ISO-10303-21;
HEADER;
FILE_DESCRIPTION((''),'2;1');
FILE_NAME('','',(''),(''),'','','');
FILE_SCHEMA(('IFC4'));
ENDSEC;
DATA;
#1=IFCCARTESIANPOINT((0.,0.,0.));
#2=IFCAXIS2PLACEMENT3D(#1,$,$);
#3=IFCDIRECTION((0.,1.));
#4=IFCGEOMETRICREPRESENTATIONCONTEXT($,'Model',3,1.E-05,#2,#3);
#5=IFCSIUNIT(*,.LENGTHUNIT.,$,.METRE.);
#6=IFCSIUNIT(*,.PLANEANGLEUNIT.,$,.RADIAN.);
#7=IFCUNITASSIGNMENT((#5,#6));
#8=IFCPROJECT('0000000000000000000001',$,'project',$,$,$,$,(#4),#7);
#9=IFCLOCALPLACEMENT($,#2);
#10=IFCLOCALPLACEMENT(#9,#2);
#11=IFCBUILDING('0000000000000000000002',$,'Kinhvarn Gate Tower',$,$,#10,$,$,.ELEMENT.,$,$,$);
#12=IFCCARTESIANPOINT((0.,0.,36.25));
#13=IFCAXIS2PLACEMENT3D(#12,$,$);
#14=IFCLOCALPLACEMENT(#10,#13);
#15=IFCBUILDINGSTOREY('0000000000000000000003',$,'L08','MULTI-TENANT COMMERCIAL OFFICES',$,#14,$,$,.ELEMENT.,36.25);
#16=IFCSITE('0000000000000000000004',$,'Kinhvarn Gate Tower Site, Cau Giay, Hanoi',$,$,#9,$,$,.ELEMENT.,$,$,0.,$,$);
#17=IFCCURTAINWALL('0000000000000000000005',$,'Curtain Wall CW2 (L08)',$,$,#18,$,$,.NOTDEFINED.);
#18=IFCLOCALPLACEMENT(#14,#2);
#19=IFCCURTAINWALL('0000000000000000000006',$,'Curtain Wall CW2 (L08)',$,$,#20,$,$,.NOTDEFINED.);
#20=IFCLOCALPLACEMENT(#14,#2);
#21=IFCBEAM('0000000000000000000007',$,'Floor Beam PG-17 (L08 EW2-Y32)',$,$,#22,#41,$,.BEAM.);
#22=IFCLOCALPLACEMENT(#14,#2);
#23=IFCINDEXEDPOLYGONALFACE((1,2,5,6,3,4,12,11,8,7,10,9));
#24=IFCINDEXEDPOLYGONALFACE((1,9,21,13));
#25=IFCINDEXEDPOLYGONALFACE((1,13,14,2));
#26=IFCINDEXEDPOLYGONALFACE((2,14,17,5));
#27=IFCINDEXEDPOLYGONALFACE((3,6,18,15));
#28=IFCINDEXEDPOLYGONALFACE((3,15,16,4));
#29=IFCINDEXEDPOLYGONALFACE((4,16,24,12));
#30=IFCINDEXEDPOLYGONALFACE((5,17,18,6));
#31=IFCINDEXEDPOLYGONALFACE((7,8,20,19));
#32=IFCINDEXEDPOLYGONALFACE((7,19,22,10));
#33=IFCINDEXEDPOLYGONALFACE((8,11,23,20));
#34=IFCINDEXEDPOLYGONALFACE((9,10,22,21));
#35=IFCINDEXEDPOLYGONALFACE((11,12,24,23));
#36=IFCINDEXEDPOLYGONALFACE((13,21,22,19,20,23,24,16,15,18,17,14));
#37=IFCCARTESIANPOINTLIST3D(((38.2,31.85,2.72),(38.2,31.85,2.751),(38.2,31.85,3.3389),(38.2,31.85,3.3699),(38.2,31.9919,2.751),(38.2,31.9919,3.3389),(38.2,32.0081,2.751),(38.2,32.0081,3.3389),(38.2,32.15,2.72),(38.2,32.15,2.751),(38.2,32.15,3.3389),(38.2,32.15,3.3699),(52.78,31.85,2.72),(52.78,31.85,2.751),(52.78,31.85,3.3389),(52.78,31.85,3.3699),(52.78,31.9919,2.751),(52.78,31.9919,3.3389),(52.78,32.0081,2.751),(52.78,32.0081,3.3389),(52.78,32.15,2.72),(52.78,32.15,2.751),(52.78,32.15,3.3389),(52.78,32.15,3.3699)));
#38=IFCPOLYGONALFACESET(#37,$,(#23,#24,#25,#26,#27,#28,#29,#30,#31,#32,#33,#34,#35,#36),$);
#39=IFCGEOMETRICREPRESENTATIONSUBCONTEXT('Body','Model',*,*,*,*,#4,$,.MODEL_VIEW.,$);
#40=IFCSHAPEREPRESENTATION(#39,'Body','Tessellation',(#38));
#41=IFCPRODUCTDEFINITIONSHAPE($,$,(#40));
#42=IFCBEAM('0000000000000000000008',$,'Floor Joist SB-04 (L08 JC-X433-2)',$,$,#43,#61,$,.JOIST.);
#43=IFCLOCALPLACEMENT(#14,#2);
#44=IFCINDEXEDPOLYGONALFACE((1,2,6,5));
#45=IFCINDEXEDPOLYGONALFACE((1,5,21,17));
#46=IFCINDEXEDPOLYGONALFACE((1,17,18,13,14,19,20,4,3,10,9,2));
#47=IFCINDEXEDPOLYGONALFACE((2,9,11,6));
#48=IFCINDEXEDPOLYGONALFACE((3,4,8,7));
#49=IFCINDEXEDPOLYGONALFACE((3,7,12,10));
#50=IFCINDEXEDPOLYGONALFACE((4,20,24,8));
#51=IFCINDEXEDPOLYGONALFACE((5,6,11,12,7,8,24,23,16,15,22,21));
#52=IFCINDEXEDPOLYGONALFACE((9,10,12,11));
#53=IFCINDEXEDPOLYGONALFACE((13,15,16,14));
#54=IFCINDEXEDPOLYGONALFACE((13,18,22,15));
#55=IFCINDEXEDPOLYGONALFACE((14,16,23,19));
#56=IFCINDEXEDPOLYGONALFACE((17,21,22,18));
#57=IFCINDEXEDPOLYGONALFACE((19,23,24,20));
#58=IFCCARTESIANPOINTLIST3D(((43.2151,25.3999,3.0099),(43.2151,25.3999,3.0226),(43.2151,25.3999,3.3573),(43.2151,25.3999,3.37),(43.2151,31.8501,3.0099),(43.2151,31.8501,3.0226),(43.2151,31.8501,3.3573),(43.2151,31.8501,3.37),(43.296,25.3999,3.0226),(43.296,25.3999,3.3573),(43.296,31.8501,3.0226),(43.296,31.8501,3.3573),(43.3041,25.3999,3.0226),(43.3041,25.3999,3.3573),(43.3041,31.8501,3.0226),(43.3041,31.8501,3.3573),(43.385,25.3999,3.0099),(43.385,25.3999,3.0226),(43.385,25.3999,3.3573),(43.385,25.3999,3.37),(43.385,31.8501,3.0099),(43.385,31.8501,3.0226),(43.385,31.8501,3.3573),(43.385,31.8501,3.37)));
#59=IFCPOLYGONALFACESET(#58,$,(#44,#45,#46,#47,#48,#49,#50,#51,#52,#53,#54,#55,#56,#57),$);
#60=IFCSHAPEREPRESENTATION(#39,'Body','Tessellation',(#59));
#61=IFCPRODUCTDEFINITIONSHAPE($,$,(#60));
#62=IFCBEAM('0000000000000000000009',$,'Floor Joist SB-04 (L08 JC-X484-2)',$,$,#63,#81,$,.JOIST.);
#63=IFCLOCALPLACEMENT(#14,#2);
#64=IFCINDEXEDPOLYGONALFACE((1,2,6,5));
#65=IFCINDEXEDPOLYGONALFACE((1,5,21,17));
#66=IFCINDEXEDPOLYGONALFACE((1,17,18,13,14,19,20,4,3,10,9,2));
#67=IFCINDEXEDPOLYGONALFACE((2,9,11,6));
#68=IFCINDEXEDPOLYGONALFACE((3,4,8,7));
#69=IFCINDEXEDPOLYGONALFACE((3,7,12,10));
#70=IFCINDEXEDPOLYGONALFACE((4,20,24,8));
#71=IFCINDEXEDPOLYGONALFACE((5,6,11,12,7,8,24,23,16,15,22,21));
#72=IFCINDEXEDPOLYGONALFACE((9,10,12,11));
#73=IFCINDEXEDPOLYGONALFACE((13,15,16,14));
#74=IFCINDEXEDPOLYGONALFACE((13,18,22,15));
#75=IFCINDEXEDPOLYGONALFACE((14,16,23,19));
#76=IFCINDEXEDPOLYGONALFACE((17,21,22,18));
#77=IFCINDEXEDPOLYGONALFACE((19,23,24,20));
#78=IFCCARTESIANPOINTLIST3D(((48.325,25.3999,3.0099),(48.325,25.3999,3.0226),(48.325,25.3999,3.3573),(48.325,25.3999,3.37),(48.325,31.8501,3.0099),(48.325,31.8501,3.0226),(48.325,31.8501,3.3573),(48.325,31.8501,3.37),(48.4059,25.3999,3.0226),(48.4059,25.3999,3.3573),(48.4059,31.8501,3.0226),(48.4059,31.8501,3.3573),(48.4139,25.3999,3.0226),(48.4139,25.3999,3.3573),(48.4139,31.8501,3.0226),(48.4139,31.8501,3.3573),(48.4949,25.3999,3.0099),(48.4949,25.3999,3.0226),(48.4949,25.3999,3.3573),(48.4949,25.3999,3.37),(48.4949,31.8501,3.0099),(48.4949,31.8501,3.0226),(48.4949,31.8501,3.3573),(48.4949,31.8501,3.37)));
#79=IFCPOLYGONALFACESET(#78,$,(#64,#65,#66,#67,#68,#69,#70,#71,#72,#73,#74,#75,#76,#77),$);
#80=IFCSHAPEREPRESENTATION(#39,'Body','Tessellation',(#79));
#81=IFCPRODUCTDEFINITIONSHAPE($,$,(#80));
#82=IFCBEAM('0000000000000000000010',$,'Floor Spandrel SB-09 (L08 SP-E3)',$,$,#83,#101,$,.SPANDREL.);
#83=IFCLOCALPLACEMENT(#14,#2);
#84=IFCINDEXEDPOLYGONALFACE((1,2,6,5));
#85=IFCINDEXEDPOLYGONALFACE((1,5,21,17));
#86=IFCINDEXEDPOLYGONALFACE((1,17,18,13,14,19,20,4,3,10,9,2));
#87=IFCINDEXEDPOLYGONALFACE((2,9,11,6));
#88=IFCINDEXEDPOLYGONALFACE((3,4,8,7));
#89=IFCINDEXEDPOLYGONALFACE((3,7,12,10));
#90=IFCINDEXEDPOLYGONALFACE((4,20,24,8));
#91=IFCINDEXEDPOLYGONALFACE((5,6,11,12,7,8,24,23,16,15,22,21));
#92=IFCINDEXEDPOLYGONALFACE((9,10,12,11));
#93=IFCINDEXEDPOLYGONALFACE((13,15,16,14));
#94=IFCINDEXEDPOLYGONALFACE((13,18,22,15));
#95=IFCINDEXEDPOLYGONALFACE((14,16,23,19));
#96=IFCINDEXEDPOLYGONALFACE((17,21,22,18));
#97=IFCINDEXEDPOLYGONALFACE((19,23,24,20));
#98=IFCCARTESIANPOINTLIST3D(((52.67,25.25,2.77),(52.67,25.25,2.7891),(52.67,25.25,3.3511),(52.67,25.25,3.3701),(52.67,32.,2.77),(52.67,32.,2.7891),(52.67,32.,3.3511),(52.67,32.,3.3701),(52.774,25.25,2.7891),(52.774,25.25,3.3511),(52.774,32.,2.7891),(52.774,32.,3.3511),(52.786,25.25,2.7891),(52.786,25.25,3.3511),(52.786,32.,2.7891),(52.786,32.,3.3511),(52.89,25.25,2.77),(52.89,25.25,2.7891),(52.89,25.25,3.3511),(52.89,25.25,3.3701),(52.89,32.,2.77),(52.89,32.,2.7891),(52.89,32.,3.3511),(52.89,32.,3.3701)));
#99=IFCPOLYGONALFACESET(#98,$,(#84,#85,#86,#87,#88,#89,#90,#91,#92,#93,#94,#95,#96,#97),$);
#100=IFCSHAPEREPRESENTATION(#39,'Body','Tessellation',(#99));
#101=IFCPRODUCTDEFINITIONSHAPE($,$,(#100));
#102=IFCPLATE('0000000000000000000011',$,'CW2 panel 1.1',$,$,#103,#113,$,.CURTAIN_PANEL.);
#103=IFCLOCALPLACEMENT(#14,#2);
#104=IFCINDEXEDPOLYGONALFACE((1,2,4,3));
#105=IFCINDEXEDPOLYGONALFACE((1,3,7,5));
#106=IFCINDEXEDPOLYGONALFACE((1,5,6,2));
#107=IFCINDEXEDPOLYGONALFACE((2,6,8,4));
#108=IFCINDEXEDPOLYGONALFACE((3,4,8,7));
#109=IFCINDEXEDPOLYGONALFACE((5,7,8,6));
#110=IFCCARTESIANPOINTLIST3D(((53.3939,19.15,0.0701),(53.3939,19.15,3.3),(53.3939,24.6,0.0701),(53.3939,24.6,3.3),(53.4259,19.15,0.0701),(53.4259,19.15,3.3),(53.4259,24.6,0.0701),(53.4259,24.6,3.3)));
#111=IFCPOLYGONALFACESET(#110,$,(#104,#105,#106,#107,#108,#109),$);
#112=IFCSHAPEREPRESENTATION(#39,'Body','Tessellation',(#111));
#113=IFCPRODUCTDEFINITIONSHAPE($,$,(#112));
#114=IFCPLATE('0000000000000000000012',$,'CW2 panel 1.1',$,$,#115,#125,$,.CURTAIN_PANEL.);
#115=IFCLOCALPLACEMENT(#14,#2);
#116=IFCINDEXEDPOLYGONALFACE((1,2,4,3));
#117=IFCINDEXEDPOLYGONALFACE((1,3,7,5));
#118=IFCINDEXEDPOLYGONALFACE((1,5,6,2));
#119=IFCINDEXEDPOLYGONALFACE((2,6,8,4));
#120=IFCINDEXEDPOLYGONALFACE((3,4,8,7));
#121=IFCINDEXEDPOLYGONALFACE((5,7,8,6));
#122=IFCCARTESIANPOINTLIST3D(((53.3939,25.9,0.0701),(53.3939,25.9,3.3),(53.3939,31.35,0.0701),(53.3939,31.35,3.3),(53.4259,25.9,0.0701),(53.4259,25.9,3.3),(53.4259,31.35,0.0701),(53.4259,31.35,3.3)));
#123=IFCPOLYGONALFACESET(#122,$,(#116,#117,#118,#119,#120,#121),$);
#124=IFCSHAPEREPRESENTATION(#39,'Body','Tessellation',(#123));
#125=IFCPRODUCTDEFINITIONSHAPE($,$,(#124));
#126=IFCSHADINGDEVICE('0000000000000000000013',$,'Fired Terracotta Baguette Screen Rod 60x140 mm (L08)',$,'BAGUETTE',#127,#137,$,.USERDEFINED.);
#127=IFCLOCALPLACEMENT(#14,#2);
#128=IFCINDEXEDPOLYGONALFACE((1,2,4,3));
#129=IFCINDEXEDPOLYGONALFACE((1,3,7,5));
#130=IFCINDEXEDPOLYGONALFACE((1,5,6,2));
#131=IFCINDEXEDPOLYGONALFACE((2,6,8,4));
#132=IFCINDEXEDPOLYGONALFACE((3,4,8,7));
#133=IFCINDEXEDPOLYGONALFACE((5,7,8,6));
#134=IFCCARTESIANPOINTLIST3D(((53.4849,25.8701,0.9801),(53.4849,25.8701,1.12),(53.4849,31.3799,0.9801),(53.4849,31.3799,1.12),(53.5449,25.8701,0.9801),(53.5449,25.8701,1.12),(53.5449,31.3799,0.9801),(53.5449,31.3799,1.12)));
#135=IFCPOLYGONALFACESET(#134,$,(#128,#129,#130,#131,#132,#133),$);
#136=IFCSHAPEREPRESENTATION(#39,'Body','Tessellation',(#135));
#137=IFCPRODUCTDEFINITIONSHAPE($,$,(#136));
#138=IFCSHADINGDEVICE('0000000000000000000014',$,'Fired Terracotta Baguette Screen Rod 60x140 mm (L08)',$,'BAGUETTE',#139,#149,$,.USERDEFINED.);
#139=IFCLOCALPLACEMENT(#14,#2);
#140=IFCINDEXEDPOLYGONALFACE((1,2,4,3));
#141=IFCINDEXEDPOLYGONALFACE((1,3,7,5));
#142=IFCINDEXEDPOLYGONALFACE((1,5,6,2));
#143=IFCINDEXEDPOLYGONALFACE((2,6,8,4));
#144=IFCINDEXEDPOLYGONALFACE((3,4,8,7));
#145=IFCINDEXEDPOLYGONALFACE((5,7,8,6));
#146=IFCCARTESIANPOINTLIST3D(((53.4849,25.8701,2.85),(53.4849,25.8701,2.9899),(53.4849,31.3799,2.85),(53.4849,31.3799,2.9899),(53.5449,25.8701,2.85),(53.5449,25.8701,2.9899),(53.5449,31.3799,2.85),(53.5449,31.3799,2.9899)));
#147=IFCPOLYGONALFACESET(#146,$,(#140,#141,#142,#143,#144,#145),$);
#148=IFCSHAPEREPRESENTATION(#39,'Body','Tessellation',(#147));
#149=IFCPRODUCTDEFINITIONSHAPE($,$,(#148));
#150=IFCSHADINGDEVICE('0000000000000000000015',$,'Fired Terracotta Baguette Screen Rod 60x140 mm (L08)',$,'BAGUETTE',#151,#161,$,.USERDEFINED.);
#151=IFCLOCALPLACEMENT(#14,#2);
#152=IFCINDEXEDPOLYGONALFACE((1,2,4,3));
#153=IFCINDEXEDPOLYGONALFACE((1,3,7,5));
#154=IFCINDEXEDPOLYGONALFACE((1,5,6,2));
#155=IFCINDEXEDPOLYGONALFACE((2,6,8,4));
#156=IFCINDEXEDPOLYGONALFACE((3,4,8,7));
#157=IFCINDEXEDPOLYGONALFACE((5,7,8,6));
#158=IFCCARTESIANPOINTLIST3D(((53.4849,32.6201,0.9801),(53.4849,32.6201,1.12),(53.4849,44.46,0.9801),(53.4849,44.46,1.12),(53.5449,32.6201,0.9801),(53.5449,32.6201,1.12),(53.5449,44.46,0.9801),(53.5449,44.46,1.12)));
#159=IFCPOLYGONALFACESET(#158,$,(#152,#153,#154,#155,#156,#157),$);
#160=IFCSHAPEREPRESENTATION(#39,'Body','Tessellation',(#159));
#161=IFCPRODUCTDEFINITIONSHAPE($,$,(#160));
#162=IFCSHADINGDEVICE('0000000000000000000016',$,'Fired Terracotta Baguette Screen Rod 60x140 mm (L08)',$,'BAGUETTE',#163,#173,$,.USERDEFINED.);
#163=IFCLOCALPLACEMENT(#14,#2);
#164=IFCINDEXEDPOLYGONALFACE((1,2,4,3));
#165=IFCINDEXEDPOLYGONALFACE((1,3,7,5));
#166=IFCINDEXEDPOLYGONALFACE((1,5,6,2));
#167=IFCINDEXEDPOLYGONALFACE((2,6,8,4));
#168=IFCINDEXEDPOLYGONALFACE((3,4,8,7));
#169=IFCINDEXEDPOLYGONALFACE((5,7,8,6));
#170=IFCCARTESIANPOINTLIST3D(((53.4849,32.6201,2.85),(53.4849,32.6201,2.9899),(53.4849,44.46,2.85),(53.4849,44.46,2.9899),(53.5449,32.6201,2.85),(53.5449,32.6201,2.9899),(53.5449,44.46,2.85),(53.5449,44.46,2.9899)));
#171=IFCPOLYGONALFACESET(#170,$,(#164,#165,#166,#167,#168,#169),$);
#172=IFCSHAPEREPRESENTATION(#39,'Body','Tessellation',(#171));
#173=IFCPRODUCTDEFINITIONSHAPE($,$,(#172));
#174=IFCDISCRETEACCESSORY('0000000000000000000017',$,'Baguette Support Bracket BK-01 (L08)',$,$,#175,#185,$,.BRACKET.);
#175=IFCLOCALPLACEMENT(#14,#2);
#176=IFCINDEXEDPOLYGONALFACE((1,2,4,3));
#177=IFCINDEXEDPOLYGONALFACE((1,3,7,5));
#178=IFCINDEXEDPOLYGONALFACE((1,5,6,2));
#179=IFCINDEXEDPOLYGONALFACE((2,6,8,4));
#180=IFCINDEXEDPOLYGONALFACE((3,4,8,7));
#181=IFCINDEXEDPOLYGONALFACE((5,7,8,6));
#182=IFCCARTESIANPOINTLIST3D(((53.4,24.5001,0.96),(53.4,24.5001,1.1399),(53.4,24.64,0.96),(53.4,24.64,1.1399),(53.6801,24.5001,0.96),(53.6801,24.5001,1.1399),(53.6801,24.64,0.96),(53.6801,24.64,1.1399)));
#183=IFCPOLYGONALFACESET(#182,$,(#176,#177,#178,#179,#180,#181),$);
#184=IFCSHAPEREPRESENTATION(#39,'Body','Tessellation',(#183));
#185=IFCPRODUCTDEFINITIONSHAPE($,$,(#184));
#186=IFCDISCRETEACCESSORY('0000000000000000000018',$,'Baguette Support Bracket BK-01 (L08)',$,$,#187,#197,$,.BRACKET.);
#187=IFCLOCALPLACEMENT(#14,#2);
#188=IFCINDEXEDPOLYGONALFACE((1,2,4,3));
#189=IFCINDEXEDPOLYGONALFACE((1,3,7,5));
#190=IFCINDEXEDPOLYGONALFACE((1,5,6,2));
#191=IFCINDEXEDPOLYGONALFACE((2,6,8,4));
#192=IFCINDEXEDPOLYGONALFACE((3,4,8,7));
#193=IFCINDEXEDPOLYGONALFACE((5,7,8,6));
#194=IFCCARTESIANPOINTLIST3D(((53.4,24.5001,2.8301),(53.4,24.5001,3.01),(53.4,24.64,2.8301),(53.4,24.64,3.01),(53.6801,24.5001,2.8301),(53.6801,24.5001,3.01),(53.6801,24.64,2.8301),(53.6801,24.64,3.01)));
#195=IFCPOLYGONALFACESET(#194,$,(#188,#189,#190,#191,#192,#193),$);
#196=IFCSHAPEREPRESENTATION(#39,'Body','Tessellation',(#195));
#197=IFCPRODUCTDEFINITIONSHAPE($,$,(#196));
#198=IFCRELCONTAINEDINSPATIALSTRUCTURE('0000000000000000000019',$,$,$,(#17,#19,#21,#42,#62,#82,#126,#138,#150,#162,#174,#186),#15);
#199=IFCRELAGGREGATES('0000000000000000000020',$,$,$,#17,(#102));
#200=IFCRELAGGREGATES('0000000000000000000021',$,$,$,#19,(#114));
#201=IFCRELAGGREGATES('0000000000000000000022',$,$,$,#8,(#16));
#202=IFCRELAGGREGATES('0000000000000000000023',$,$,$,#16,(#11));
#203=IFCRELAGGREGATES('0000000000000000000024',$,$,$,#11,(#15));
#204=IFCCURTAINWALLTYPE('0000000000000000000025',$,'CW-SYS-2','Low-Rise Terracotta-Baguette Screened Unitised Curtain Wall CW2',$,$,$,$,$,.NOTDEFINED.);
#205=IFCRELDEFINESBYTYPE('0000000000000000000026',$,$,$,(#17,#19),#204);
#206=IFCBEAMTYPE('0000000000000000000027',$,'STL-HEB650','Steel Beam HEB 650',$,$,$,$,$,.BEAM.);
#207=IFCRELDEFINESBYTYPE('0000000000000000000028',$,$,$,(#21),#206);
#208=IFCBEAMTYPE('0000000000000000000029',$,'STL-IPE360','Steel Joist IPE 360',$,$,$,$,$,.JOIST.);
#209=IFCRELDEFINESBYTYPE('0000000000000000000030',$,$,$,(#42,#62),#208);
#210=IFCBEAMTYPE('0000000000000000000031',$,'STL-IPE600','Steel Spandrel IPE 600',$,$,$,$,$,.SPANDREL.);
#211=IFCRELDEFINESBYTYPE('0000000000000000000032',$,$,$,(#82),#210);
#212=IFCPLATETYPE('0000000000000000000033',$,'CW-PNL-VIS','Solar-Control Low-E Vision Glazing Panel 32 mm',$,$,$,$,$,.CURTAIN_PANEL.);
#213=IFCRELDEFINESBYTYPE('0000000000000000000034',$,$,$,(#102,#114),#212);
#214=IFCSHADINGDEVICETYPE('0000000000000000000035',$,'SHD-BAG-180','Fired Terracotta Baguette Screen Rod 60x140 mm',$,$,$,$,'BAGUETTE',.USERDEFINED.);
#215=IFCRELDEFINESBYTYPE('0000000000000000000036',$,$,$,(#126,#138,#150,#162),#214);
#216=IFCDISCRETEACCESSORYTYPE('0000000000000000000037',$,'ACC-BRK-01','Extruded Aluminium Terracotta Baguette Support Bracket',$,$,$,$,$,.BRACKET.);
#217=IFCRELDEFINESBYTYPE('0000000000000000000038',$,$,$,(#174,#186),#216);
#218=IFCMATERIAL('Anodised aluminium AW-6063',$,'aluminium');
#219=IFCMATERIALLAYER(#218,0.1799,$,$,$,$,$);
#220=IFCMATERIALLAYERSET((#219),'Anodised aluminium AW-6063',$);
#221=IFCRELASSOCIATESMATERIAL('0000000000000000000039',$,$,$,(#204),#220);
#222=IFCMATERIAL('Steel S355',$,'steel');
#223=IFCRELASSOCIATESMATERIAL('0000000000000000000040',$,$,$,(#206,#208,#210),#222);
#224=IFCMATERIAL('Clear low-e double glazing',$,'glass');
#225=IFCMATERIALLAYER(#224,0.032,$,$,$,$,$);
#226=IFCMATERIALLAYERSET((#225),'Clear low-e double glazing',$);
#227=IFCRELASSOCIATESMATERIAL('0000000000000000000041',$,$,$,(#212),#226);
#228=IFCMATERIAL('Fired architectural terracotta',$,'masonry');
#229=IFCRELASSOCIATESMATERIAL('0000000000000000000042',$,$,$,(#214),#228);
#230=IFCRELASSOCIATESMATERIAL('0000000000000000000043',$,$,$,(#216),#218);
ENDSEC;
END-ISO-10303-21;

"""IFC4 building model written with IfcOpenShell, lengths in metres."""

from ifc_helpers import new_model, si_unit, direction, frame, origin, origin_2d, place, context, subcontext, project, spatial, rectangle, i_section, extrude, material, layer, layer_set, material_profile, profile_set, type_object, element, aggregate, save


model = new_model("IFC4")

# Units and contexts
model_context = context("Model", 3, precision=1e-05, world=origin(), true_north=direction((0.0, 1.0)))
body_context = subcontext(model_context, "Body", "Model", "MODEL_VIEW")
ifc_project = project(units=[si_unit("LENGTHUNIT", "METRE"), si_unit("PLANEANGLEUNIT", "RADIAN")], contexts=[model_context])

# Site, building, storey
site_placement = place(None, origin())
site = spatial("IfcSite", under=ifc_project, at=site_placement, Name="Kinhvarn Gate Tower Site, Cau Giay, Hanoi", CompositionType="ELEMENT", RefElevation=0.0)
building_placement = place(site_placement, origin())
building = spatial("IfcBuilding", under=site, at=building_placement, Name="Kinhvarn Gate Tower", CompositionType="ELEMENT")
storey_placement = place(building_placement, frame((0.0, 0.0, 36.25)))
storey = spatial("IfcBuildingStorey", under=building, at=storey_placement, Name="L08", Description="MULTI-TENANT COMMERCIAL OFFICES", CompositionType="ELEMENT", Elevation=36.25)

# Curtain wall
ifc_material_1 = material(Name="Anodised aluminium AW-6063", Category="aluminium")
ifc_layer_1 = layer(ifc_material_1, 0.1799)
ifc_layer_set_1 = layer_set([ifc_layer_1], Name="Anodised aluminium AW-6063")
curtain_wall_type = type_object("IfcCurtainWallType", Name="CW-SYS-2", Description="Low-Rise Terracotta-Baguette Screened Unitised Curtain Wall CW2", PredefinedType="NOTDEFINED", material=ifc_layer_set_1)
curtain_wall_1_placement = place(storey_placement, origin())
curtain_wall_1 = element("IfcCurtainWall", 1, at=curtain_wall_1_placement, inside=storey, type_object=curtain_wall_type, Name="Curtain Wall CW2 (L08)", PredefinedType="NOTDEFINED")

# Curtain wall
curtain_wall_2_placement = place(storey_placement, origin())
curtain_wall_2 = element("IfcCurtainWall", 2, at=curtain_wall_2_placement, inside=storey, type_object=curtain_wall_type, Name="Curtain Wall CW2 (L08)", PredefinedType="NOTDEFINED")

# Beams
ifc_material_2 = material(Name="Steel S355", Category="steel")
ifc_material_profile_1 = material_profile(ifc_material_2, i_section(OverallWidth=0.3, OverallDepth=0.6499, WebThickness=0.0161, FlangeThickness=0.031, at=origin_2d()), Name="HEB 650")
ifc_profile_set_1 = profile_set([ifc_material_profile_1], Name="Steel S355")
beam_type_1 = type_object("IfcBeamType", Name="STL-HEB650", Description="Steel Beam HEB 650", PredefinedType="BEAM", material=ifc_profile_set_1)
beam_1_placement = place(storey_placement, frame((38.2, 32.0, 3.0449), z_axis=(1.0, 0.0, 0.0), x_axis=(0.0, 1.0, 0.0)))
element("IfcBeam", 3, at=beam_1_placement, inside=storey, type_object=beam_type_1, Name="Floor Beam PG-17 (L08 EW2-Y32)", PredefinedType="BEAM", context=body_context, shape_type="SweptSolid", body=[
    extrude(i_section(OverallWidth=0.3, OverallDepth=0.6499, WebThickness=0.0161, FlangeThickness=0.031, at=origin_2d()), origin(), (0.0, 0.0, 1.0), 14.5801),
])
ifc_material_profile_2 = material_profile(ifc_material_2, i_section(OverallWidth=0.1699, OverallDepth=0.3601, WebThickness=0.0081, FlangeThickness=0.0127, at=origin_2d()), Name="IPE 360")
ifc_profile_set_2 = profile_set([ifc_material_profile_2], Name="Steel S355")
beam_type_2 = type_object("IfcBeamType", Name="STL-IPE360", Description="Steel Joist IPE 360", PredefinedType="JOIST", material=ifc_profile_set_2)
for number, where, z_axis, x_axis, name in (
    (4, (43.3, 25.3999, 3.1899), (0.0, 1.0, 0.0), (-1.0, 0.0, 0.0), "Floor Joist SB-04 (L08 JC-X433-2)"),
    (5, (48.4099, 25.3999, 3.1899), (0.0, 1.0, 0.0), (-1.0, 0.0, 0.0), "Floor Joist SB-04 (L08 JC-X484-2)"),
):
    element("IfcBeam", number, at=place(storey_placement, frame(where, z_axis=z_axis, x_axis=x_axis)), inside=storey, type_object=beam_type_2, Name=name, PredefinedType="JOIST", context=body_context, shape_type="SweptSolid", body=[
        extrude(i_section(OverallWidth=0.1699, OverallDepth=0.3601, WebThickness=0.0081, FlangeThickness=0.0127, at=origin_2d()), origin(), (0.0, 0.0, 1.0), 6.4502),
    ])
ifc_material_profile_3 = material_profile(ifc_material_2, i_section(OverallWidth=0.22, OverallDepth=0.6001, WebThickness=0.012, FlangeThickness=0.019, at=origin_2d()), Name="IPE 600")
ifc_profile_set_3 = profile_set([ifc_material_profile_3], Name="Steel S355")
beam_type_3 = type_object("IfcBeamType", Name="STL-IPE600", Description="Steel Spandrel IPE 600", PredefinedType="SPANDREL", material=ifc_profile_set_3)
beam_2_placement = place(storey_placement, frame((52.78, 25.25, 3.0701), z_axis=(0.0, 1.0, 0.0), x_axis=(-1.0, 0.0, 0.0)))
element("IfcBeam", 6, at=beam_2_placement, inside=storey, type_object=beam_type_3, Name="Floor Spandrel SB-09 (L08 SP-E3)", PredefinedType="SPANDREL", context=body_context, shape_type="SweptSolid", body=[
    extrude(i_section(OverallWidth=0.22, OverallDepth=0.6001, WebThickness=0.012, FlangeThickness=0.019, at=origin_2d()), origin(), (0.0, 0.0, 1.0), 6.75),
])

# Plates
ifc_material_3 = material(Name="Clear low-e double glazing", Category="glass")
ifc_layer_2 = layer(ifc_material_3, 0.032)
ifc_layer_set_2 = layer_set([ifc_layer_2], Name="Clear low-e double glazing")
plate_type = type_object("IfcPlateType", Name="CW-PNL-VIS", Description="Solar-Control Low-E Vision Glazing Panel 32 mm", PredefinedType="CURTAIN_PANEL", material=ifc_layer_set_2)
plate_1_placement = place(storey_placement, frame((53.4099, 21.875, 0.0701), z_axis=(0.0, 0.0, 1.0), x_axis=(0.0, 1.0, 0.0)))
plate_1 = element("IfcPlate", 7, at=plate_1_placement, type_object=plate_type, Name="CW2 panel 1.1", PredefinedType="CURTAIN_PANEL", context=body_context, shape_type="SweptSolid", body=[
    extrude(rectangle(XDim=5.45, YDim=0.032, at=origin_2d()), origin(), (0.0, 0.0, 1.0), 3.23),
])
aggregate(curtain_wall_1, [plate_1])
plate_2_placement = place(storey_placement, frame((53.4099, 28.625, 0.0701), z_axis=(0.0, 0.0, 1.0), x_axis=(0.0, 1.0, 0.0)))
plate_2 = element("IfcPlate", 8, at=plate_2_placement, type_object=plate_type, Name="CW2 panel 1.1", PredefinedType="CURTAIN_PANEL", context=body_context, shape_type="SweptSolid", body=[
    extrude(rectangle(XDim=5.45, YDim=0.032, at=origin_2d()), origin(), (0.0, 0.0, 1.0), 3.23),
])
aggregate(curtain_wall_2, [plate_2])

# Shading devices
ifc_material_4 = material(Name="Fired architectural terracotta", Category="masonry")
ifc_material_profile_4 = material_profile(ifc_material_4, rectangle(XDim=0.0601, YDim=0.1399, at=origin_2d()), Name="TC 60x140")
ifc_profile_set_4 = profile_set([ifc_material_profile_4], Name="Fired architectural terracotta")
shading_device_type = type_object("IfcShadingDeviceType", Name="SHD-BAG-180", Description="Fired Terracotta Baguette Screen Rod 60x140 mm", ElementType="BAGUETTE", PredefinedType="USERDEFINED", material=ifc_profile_set_4)
for number, where, z_axis, x_axis, name in (
    (9, (53.5149, 25.8701, 1.05), (0.0, 1.0, 0.0), (-1.0, 0.0, 0.0), "Fired Terracotta Baguette Screen Rod 60x140 mm (L08)"),
    (10, (53.5149, 25.8701, 2.9199), (0.0, 1.0, 0.0), (-1.0, 0.0, 0.0), "Fired Terracotta Baguette Screen Rod 60x140 mm (L08)"),
):
    element("IfcShadingDevice", number, at=place(storey_placement, frame(where, z_axis=z_axis, x_axis=x_axis)), inside=storey, type_object=shading_device_type, Name=name, ObjectType="BAGUETTE", PredefinedType="USERDEFINED", context=body_context, shape_type="SweptSolid", body=[
        extrude(rectangle(XDim=0.0601, YDim=0.1399, at=origin_2d()), origin(), (0.0, 0.0, 1.0), 5.5098),
    ])
for number, where, z_axis, x_axis, name in (
    (11, (53.5149, 32.6201, 1.05), (0.0, 1.0, 0.0), (-1.0, 0.0, 0.0), "Fired Terracotta Baguette Screen Rod 60x140 mm (L08)"),
    (12, (53.5149, 32.6201, 2.9199), (0.0, 1.0, 0.0), (-1.0, 0.0, 0.0), "Fired Terracotta Baguette Screen Rod 60x140 mm (L08)"),
):
    element("IfcShadingDevice", number, at=place(storey_placement, frame(where, z_axis=z_axis, x_axis=x_axis)), inside=storey, type_object=shading_device_type, Name=name, ObjectType="BAGUETTE", PredefinedType="USERDEFINED", context=body_context, shape_type="SweptSolid", body=[
        extrude(rectangle(XDim=0.0601, YDim=0.1399, at=origin_2d()), origin(), (0.0, 0.0, 1.0), 11.8398),
    ])

# Discrete accessories
discrete_accessory_type = type_object("IfcDiscreteAccessoryType", Name="ACC-BRK-01", Description="Extruded Aluminium Terracotta Baguette Support Bracket", PredefinedType="BRACKET", material=ifc_material_1)
for number, where, z_axis, x_axis, name in (
    (13, (53.54, 24.5701, 0.96), (0.0, 0.0, 1.0), (0.0, 1.0, 0.0), "Baguette Support Bracket BK-01 (L08)"),
    (14, (53.54, 24.5701, 2.8301), (0.0, 0.0, 1.0), (0.0, 1.0, 0.0), "Baguette Support Bracket BK-01 (L08)"),
):
    element("IfcDiscreteAccessory", number, at=place(storey_placement, frame(where, z_axis=z_axis, x_axis=x_axis)), inside=storey, type_object=discrete_accessory_type, Name=name, PredefinedType="BRACKET", context=body_context, shape_type="SweptSolid", body=[
        extrude(rectangle(XDim=0.1399, YDim=0.28, at=origin_2d()), origin(), (0.0, 0.0, 1.0), 0.1799),
    ])

save(model, "model.ifc")
